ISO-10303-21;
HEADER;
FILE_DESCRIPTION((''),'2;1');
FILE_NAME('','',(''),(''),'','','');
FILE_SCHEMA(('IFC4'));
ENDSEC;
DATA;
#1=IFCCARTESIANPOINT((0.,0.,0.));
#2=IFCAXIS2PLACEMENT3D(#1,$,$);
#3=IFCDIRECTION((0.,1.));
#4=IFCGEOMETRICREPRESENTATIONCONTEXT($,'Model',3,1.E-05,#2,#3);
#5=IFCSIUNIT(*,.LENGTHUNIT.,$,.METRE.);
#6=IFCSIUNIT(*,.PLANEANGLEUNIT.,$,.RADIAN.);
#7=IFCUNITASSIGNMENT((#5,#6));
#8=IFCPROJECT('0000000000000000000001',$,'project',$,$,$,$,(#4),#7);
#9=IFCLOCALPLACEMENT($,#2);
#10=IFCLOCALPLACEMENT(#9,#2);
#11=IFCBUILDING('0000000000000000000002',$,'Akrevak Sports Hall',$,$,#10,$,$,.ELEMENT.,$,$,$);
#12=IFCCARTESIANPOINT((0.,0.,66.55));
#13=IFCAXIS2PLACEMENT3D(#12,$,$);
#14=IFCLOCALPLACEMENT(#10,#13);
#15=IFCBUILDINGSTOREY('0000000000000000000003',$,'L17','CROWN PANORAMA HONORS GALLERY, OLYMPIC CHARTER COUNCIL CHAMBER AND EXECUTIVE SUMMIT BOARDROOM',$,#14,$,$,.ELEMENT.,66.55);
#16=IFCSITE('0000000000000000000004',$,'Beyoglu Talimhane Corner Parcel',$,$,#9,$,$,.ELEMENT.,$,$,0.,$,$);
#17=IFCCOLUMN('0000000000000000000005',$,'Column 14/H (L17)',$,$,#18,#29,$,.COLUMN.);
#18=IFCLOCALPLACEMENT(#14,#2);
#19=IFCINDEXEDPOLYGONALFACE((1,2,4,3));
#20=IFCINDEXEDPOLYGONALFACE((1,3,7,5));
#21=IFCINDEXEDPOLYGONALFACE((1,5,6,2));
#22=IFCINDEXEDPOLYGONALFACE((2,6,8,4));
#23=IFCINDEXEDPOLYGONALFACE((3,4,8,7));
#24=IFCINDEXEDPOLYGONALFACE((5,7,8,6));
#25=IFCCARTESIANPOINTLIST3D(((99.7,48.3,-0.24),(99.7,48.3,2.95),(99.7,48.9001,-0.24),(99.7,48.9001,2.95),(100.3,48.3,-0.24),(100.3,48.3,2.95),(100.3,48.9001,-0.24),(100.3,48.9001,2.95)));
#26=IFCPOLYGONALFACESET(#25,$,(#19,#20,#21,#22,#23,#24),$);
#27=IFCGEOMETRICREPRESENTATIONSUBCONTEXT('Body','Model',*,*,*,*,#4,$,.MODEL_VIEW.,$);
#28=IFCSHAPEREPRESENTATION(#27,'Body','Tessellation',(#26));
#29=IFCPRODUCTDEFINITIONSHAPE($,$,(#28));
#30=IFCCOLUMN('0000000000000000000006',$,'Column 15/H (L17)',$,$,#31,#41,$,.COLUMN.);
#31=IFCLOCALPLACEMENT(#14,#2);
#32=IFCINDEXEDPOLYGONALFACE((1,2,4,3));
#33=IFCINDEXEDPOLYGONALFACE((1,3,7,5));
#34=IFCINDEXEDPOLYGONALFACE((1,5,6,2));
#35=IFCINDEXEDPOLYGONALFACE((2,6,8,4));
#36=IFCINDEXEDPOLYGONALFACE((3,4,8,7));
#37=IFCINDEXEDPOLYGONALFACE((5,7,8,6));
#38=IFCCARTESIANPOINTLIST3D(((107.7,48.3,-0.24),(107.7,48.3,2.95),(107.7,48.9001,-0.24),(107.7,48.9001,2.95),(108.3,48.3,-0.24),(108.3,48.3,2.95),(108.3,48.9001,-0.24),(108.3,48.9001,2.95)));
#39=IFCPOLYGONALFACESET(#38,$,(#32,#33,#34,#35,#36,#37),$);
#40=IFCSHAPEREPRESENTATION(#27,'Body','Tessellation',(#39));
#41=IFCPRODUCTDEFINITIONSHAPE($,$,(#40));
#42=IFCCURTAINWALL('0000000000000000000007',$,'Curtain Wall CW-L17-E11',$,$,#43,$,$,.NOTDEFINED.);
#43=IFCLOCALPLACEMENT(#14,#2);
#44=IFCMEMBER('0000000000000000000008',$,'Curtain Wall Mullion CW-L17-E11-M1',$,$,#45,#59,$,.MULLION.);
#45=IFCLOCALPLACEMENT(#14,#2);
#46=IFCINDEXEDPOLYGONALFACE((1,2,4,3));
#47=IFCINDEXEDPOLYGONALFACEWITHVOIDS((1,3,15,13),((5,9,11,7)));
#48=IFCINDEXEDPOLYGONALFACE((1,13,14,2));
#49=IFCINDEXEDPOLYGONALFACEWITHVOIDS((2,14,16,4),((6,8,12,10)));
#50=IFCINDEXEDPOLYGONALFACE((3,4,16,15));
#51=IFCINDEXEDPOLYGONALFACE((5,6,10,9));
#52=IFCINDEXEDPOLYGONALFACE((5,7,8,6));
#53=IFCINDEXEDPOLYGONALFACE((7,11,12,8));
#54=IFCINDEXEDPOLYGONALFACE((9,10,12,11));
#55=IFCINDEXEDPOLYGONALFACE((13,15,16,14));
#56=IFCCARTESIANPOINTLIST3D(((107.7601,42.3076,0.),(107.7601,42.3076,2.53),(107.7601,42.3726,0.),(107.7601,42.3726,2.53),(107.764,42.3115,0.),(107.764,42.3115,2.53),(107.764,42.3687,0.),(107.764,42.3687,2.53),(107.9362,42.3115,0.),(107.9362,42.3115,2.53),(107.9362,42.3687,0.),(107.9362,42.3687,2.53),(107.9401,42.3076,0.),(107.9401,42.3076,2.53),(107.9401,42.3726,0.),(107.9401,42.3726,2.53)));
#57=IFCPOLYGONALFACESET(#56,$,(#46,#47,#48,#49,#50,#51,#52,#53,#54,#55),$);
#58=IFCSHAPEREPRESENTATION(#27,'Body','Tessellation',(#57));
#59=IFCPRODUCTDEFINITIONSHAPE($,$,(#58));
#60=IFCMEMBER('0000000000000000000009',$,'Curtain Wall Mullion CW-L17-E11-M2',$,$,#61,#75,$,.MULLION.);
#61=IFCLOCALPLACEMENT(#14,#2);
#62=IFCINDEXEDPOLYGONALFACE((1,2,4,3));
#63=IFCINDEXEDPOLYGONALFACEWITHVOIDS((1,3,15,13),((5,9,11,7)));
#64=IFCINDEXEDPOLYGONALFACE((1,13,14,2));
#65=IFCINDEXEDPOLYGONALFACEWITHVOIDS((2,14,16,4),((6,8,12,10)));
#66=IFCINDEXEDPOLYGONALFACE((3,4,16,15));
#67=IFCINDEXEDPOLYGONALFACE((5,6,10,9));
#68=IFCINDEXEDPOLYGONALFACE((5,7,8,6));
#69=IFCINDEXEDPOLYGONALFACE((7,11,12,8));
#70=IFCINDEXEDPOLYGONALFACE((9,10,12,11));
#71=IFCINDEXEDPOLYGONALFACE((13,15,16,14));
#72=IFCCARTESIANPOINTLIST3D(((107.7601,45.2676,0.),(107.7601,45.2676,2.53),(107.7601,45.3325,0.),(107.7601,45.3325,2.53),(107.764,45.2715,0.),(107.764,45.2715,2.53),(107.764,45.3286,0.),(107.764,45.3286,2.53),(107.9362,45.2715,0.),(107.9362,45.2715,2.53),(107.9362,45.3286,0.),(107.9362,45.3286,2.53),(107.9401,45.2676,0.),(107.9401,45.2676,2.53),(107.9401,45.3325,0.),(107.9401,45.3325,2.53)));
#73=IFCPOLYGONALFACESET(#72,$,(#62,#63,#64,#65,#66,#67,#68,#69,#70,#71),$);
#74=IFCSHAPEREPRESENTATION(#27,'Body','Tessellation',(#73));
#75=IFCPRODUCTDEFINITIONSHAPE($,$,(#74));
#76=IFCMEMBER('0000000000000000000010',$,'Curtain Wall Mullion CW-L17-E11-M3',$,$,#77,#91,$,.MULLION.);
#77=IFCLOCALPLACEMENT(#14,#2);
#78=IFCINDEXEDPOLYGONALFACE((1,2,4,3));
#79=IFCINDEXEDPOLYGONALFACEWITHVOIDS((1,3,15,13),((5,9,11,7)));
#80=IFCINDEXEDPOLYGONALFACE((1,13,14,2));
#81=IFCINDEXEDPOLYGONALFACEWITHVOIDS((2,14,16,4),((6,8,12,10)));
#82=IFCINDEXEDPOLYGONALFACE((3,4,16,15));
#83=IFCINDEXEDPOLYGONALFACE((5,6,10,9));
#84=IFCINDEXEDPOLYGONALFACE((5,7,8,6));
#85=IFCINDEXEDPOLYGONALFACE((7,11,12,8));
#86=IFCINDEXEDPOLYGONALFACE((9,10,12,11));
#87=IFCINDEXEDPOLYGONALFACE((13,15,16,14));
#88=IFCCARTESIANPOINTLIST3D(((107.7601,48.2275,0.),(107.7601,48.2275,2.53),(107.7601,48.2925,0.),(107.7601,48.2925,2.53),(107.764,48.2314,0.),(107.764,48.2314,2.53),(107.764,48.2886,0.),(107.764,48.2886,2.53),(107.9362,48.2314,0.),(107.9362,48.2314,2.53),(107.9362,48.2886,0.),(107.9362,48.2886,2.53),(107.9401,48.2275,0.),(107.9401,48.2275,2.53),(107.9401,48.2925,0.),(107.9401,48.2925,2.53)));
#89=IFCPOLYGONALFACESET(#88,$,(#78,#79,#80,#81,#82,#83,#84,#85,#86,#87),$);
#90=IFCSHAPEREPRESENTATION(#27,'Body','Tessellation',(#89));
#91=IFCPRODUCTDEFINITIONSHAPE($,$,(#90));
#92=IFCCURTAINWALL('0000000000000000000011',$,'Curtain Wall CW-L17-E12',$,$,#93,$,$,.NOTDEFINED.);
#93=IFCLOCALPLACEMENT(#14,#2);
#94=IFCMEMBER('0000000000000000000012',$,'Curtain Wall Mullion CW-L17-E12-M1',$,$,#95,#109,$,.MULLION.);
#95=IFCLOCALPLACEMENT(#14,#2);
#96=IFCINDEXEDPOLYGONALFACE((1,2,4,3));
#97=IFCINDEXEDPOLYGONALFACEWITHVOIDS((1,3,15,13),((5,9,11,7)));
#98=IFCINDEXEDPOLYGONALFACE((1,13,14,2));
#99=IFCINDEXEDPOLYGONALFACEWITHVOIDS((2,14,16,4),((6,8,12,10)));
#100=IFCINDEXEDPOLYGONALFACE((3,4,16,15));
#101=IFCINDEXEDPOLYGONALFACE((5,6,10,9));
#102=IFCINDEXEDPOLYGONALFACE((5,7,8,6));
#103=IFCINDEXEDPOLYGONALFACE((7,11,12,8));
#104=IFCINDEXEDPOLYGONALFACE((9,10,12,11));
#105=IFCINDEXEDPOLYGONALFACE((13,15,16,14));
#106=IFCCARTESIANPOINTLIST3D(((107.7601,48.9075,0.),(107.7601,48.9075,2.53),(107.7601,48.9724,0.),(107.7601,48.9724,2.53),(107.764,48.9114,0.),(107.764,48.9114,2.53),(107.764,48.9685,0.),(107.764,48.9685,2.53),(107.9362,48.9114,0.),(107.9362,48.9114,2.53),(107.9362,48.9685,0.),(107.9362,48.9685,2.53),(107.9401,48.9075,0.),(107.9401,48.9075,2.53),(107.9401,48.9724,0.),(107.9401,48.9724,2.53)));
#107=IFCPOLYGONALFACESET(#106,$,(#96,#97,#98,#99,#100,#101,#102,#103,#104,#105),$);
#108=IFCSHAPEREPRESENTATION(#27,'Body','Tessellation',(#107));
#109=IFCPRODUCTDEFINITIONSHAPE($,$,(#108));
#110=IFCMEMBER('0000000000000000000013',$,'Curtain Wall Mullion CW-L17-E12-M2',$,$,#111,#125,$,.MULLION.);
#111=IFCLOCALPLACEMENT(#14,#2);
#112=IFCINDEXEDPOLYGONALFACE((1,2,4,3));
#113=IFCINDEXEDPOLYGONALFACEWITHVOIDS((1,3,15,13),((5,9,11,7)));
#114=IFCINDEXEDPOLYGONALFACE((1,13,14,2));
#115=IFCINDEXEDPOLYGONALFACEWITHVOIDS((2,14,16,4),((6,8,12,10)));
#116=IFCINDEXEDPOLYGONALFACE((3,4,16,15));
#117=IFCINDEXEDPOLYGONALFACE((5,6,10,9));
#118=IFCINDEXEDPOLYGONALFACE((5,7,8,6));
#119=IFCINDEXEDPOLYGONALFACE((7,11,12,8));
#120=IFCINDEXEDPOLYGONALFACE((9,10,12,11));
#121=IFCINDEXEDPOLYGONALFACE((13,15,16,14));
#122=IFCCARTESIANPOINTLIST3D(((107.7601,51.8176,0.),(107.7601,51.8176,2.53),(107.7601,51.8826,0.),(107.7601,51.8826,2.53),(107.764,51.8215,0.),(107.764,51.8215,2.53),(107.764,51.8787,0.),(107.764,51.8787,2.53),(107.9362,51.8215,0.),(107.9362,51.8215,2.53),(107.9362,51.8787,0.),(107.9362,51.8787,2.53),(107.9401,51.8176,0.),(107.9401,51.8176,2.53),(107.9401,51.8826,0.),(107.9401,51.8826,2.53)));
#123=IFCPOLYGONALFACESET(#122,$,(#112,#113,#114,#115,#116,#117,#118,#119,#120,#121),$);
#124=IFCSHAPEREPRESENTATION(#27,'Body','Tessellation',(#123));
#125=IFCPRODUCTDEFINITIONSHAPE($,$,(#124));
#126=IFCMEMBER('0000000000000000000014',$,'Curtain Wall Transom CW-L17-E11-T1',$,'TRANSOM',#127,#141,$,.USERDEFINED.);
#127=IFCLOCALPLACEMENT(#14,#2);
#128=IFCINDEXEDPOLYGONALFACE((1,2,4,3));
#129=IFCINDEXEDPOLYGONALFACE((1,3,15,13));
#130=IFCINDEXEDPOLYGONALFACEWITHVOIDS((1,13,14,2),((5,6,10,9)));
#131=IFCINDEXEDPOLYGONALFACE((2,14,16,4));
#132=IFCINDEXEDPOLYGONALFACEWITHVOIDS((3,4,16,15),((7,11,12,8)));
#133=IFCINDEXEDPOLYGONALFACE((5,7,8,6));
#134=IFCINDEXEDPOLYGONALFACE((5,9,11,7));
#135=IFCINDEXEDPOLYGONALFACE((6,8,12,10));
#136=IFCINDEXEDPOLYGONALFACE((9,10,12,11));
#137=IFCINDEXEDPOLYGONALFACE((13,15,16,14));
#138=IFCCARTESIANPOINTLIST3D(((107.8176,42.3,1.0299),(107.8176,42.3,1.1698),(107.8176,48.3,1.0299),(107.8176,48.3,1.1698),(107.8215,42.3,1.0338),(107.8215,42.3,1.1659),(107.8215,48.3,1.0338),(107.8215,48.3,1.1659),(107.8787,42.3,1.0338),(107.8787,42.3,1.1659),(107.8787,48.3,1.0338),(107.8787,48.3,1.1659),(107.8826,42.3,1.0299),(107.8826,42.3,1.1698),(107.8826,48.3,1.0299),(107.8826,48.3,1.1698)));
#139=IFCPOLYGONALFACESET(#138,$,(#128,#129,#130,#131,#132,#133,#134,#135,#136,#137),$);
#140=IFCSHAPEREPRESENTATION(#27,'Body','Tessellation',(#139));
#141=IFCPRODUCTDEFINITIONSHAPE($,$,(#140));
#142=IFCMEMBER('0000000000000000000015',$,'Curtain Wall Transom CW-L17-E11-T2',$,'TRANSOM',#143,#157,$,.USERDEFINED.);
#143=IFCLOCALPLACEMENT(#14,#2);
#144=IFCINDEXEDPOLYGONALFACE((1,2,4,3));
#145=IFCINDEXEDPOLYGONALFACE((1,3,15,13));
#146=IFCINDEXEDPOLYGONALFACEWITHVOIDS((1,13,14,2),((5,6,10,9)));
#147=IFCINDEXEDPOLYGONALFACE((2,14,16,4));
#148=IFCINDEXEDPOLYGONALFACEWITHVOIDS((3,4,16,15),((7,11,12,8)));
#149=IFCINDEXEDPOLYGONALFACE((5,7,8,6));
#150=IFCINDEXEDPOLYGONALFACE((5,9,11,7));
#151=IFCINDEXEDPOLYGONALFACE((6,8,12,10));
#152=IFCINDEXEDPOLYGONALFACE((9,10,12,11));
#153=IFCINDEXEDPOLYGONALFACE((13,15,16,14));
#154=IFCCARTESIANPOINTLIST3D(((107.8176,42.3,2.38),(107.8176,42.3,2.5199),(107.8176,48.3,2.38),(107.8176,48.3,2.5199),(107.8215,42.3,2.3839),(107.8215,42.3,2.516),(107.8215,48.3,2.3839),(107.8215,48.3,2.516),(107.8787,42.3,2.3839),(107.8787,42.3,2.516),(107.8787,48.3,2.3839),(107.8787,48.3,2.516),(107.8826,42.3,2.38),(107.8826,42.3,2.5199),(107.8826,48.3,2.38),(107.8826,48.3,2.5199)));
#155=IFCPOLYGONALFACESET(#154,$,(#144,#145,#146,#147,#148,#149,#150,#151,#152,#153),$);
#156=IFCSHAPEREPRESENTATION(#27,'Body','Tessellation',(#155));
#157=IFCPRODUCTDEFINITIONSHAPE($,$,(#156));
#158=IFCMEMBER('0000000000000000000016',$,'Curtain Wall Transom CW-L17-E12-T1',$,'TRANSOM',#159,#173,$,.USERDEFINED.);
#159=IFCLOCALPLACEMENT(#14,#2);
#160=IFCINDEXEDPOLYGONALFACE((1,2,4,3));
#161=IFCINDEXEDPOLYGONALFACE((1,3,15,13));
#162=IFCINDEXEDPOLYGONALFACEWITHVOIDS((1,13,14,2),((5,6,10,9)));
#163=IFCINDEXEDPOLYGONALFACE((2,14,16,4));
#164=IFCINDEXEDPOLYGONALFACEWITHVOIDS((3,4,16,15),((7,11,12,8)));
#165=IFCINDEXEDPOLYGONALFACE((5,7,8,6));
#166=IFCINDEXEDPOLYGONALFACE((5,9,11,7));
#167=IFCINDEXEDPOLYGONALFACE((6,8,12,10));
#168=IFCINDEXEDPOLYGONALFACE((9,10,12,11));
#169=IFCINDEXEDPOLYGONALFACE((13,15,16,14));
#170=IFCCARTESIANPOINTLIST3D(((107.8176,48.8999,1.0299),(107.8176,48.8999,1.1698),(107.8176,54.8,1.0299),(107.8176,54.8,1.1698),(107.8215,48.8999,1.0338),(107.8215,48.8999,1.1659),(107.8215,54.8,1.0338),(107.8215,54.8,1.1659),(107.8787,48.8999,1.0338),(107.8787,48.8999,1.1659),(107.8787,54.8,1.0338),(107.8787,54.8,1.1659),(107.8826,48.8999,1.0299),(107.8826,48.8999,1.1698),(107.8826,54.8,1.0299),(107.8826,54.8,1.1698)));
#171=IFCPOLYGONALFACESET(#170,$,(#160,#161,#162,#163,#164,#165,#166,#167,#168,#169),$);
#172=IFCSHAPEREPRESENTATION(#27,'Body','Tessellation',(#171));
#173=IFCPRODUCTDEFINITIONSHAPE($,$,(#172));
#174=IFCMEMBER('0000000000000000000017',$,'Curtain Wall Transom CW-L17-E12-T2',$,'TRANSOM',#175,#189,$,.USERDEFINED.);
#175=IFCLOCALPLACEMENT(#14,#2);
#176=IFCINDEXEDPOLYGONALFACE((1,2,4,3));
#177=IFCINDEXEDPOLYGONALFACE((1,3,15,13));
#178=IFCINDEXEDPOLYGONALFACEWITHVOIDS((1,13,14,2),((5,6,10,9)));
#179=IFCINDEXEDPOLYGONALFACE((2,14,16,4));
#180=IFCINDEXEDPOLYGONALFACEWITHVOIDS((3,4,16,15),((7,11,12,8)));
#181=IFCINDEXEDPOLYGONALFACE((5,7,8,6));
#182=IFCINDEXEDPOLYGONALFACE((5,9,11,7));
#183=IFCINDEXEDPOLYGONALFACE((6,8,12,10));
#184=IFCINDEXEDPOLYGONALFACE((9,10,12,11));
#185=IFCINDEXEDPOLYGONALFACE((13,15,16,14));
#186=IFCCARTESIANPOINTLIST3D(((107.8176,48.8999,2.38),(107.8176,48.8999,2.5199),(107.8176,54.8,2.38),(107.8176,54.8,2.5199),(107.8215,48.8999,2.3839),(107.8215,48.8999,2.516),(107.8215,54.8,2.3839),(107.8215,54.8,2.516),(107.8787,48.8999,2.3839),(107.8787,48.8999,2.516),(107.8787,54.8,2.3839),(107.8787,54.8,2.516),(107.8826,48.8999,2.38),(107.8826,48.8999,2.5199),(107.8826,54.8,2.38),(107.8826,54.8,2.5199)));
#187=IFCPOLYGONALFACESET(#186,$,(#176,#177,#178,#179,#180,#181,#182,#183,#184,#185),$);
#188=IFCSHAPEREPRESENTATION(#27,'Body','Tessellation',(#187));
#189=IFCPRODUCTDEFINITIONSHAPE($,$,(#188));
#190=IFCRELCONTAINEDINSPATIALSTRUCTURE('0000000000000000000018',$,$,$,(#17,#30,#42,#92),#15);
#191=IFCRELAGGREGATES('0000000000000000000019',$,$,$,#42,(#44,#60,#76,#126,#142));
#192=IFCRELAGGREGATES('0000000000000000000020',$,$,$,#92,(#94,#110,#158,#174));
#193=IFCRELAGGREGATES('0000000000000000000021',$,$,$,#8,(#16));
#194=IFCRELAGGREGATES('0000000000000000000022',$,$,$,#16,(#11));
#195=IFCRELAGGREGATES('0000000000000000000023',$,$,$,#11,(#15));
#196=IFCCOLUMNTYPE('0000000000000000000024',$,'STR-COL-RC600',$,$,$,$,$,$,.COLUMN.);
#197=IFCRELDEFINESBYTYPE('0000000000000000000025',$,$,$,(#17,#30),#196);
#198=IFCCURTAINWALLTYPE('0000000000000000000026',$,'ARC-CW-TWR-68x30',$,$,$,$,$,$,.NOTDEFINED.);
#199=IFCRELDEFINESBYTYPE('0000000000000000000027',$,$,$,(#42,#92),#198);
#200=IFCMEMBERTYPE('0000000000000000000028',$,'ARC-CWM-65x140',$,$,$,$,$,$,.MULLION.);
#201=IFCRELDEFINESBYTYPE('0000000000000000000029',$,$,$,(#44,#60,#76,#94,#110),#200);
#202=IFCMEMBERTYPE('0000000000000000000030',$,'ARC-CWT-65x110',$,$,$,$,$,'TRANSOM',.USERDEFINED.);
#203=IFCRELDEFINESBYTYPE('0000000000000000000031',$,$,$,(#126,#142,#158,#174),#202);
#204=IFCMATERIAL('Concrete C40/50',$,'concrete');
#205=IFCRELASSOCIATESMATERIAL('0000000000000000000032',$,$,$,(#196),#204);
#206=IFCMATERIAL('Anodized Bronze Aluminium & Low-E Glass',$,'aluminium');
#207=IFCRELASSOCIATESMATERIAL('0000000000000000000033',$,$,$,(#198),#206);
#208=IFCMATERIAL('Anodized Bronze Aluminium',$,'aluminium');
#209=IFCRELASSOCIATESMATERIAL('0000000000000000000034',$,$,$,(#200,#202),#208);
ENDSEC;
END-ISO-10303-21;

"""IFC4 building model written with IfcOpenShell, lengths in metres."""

from ifc_helpers import new_model, si_unit, direction, frame, origin, origin_2d, place, context, subcontext, project, spatial, rectangle, hollow_rectangle, extrude, material, material_profile, profile_set, type_object, element, aggregate, save


model = new_model("IFC4")

# Units and contexts
model_context = context("Model", 3, precision=1e-05, world=origin(), true_north=direction((0.0, 1.0)))
body_context = subcontext(model_context, "Body", "Model", "MODEL_VIEW")
ifc_project = project(units=[si_unit("LENGTHUNIT", "METRE"), si_unit("PLANEANGLEUNIT", "RADIAN")], contexts=[model_context])

# Site, building, storey
site_placement = place(None, origin())
site = spatial("IfcSite", under=ifc_project, at=site_placement, Name="Beyoglu Talimhane Corner Parcel", CompositionType="ELEMENT", RefElevation=0.0)
building_placement = place(site_placement, origin())
building = spatial("IfcBuilding", under=site, at=building_placement, Name="Akrevak Sports Hall", CompositionType="ELEMENT")
storey_placement = place(building_placement, frame((0.0, 0.0, 66.55)))
storey = spatial("IfcBuildingStorey", under=building, at=storey_placement, Name="L17", Description="CROWN PANORAMA HONORS GALLERY, OLYMPIC CHARTER COUNCIL CHAMBER AND EXECUTIVE SUMMIT BOARDROOM", CompositionType="ELEMENT", Elevation=66.55)

# Columns
ifc_material_1 = material(Name="Concrete C40/50", Category="concrete")
ifc_material_profile_1 = material_profile(ifc_material_1, rectangle(XDim=0.6001, YDim=0.6001, at=origin_2d()), Name="RC 600x600", Category="concrete")
ifc_profile_set_1 = profile_set([ifc_material_profile_1], Name="Concrete C40/50")
column_type = type_object("IfcColumnType", Name="STR-COL-RC600", PredefinedType="COLUMN", material=ifc_profile_set_1)
for number, where, z_axis, x_axis, name in (
    (1, (100.0, 48.6001, -0.24), (0.0, 0.0, 1.0), (1.0, 0.0, 0.0), "Column 14/H (L17)"),
    (2, (108.0, 48.6001, -0.24), (0.0, 0.0, 1.0), (1.0, 0.0, 0.0), "Column 15/H (L17)"),
):
    element("IfcColumn", number, at=place(storey_placement, frame(where, z_axis=z_axis, x_axis=x_axis)), inside=storey, type_object=column_type, Name=name, PredefinedType="COLUMN", context=body_context, shape_type="SweptSolid", body=[
        extrude(rectangle(XDim=0.6001, YDim=0.6001, at=origin_2d()), origin(), (0.0, 0.0, 1.0), 3.1899),
    ])

# Curtain walls, members
ifc_material_2 = material(Name="Anodized Bronze Aluminium & Low-E Glass", Category="aluminium")
curtain_wall_type = type_object("IfcCurtainWallType", Name="ARC-CW-TWR-68x30", PredefinedType="NOTDEFINED", material=ifc_material_2)
curtain_wall_1_placement = place(storey_placement, origin())
curtain_wall_1 = element("IfcCurtainWall", 3, at=curtain_wall_1_placement, inside=storey, type_object=curtain_wall_type, Name="Curtain Wall CW-L17-E11", PredefinedType="NOTDEFINED")
ifc_material_3 = material(Name="Anodized Bronze Aluminium", Category="aluminium")
ifc_material_profile_2 = material_profile(ifc_material_3, hollow_rectangle(XDim=0.0649, YDim=0.1799, WallThickness=0.0039, at=origin_2d()), Name="CWM 65x180", Category="aluminium")
ifc_profile_set_2 = profile_set([ifc_material_profile_2], Name="Anodized Bronze Aluminium")
member_type_1 = type_object("IfcMemberType", Name="ARC-CWM-65x140", PredefinedType="MULLION", material=ifc_profile_set_2)
member_1_placement = place(storey_placement, frame((107.8501, 42.3401, 0.0), z_axis=(0.0, 0.0, 1.0), x_axis=(0.0, 1.0, 0.0)))
member_1 = element("IfcMember", 4, at=member_1_placement, type_object=member_type_1, Name="Curtain Wall Mullion CW-L17-E11-M1", PredefinedType="MULLION", context=body_context, shape_type="SweptSolid", body=[
    extrude(hollow_rectangle(XDim=0.0649, YDim=0.1799, WallThickness=0.0039, at=origin_2d()), origin(), (0.0, 0.0, 1.0), 2.53),
])
member_2_placement = place(storey_placement, frame((107.8501, 45.3, 0.0), z_axis=(0.0, 0.0, 1.0), x_axis=(0.0, 1.0, 0.0)))
member_2 = element("IfcMember", 5, at=member_2_placement, type_object=member_type_1, Name="Curtain Wall Mullion CW-L17-E11-M2", PredefinedType="MULLION", context=body_context, shape_type="SweptSolid", body=[
    extrude(hollow_rectangle(XDim=0.0649, YDim=0.1799, WallThickness=0.0039, at=origin_2d()), origin(), (0.0, 0.0, 1.0), 2.53),
])
member_3_placement = place(storey_placement, frame((107.8501, 48.26, 0.0), z_axis=(0.0, 0.0, 1.0), x_axis=(0.0, 1.0, 0.0)))
member_3 = element("IfcMember", 6, at=member_3_placement, type_object=member_type_1, Name="Curtain Wall Mullion CW-L17-E11-M3", PredefinedType="MULLION", context=body_context, shape_type="SweptSolid", body=[
    extrude(hollow_rectangle(XDim=0.0649, YDim=0.1799, WallThickness=0.0039, at=origin_2d()), origin(), (0.0, 0.0, 1.0), 2.53),
])
curtain_wall_2_placement = place(storey_placement, origin())
curtain_wall_2 = element("IfcCurtainWall", 7, at=curtain_wall_2_placement, inside=storey, type_object=curtain_wall_type, Name="Curtain Wall CW-L17-E12", PredefinedType="NOTDEFINED")
member_4_placement = place(storey_placement, frame((107.8501, 48.9399, 0.0), z_axis=(0.0, 0.0, 1.0), x_axis=(0.0, 1.0, 0.0)))
member_4 = element("IfcMember", 8, at=member_4_placement, type_object=member_type_1, Name="Curtain Wall Mullion CW-L17-E12-M1", PredefinedType="MULLION", context=body_context, shape_type="SweptSolid", body=[
    extrude(hollow_rectangle(XDim=0.0649, YDim=0.1799, WallThickness=0.0039, at=origin_2d()), origin(), (0.0, 0.0, 1.0), 2.53),
])
member_5_placement = place(storey_placement, frame((107.8501, 51.8501, 0.0), z_axis=(0.0, 0.0, 1.0), x_axis=(0.0, 1.0, 0.0)))
member_5 = element("IfcMember", 9, at=member_5_placement, type_object=member_type_1, Name="Curtain Wall Mullion CW-L17-E12-M2", PredefinedType="MULLION", context=body_context, shape_type="SweptSolid", body=[
    extrude(hollow_rectangle(XDim=0.0649, YDim=0.1799, WallThickness=0.0039, at=origin_2d()), origin(), (0.0, 0.0, 1.0), 2.53),
])

# Members
ifc_material_profile_3 = material_profile(ifc_material_3, hollow_rectangle(XDim=0.0649, YDim=0.1399, WallThickness=0.0039, at=origin_2d()), Name="CWT 65x140", Category="aluminium")
ifc_profile_set_3 = profile_set([ifc_material_profile_3], Name="Anodized Bronze Aluminium")
member_type_2 = type_object("IfcMemberType", Name="ARC-CWT-65x110", ElementType="TRANSOM", PredefinedType="USERDEFINED", material=ifc_profile_set_3)
member_6_placement = place(storey_placement, frame((107.8501, 42.3, 1.0999), z_axis=(0.0, 1.0, 0.0), x_axis=(-1.0, 0.0, 0.0)))
member_6 = element("IfcMember", 10, at=member_6_placement, type_object=member_type_2, Name="Curtain Wall Transom CW-L17-E11-T1", ObjectType="TRANSOM", PredefinedType="USERDEFINED", context=body_context, shape_type="SweptSolid", body=[
    extrude(hollow_rectangle(XDim=0.0649, YDim=0.1399, WallThickness=0.0039, at=origin_2d()), origin(), (0.0, 0.0, 1.0), 6.0),
])
member_7_placement = place(storey_placement, frame((107.8501, 42.3, 2.45), z_axis=(0.0, 1.0, 0.0), x_axis=(-1.0, 0.0, 0.0)))
member_7 = element("IfcMember", 11, at=member_7_placement, type_object=member_type_2, Name="Curtain Wall Transom CW-L17-E11-T2", ObjectType="TRANSOM", PredefinedType="USERDEFINED", context=body_context, shape_type="SweptSolid", body=[
    extrude(hollow_rectangle(XDim=0.0649, YDim=0.1399, WallThickness=0.0039, at=origin_2d()), origin(), (0.0, 0.0, 1.0), 6.0),
])
member_8_placement = place(storey_placement, frame((107.8501, 48.8999, 1.0999), z_axis=(0.0, 1.0, 0.0), x_axis=(-1.0, 0.0, 0.0)))
member_8 = element("IfcMember", 12, at=member_8_placement, type_object=member_type_2, Name="Curtain Wall Transom CW-L17-E12-T1", ObjectType="TRANSOM", PredefinedType="USERDEFINED", context=body_context, shape_type="SweptSolid", body=[
    extrude(hollow_rectangle(XDim=0.0649, YDim=0.1399, WallThickness=0.0039, at=origin_2d()), origin(), (0.0, 0.0, 1.0), 5.9001),
])
member_9_placement = place(storey_placement, frame((107.8501, 48.8999, 2.45), z_axis=(0.0, 1.0, 0.0), x_axis=(-1.0, 0.0, 0.0)))
member_9 = element("IfcMember", 13, at=member_9_placement, type_object=member_type_2, Name="Curtain Wall Transom CW-L17-E12-T2", ObjectType="TRANSOM", PredefinedType="USERDEFINED", context=body_context, shape_type="SweptSolid", body=[
    extrude(hollow_rectangle(XDim=0.0649, YDim=0.1399, WallThickness=0.0039, at=origin_2d()), origin(), (0.0, 0.0, 1.0), 5.9001),
])

aggregate(curtain_wall_1, [member_1, member_2, member_3, member_6, member_7])
aggregate(curtain_wall_2, [member_4, member_5, member_8, member_9])

save(model, "model.ifc")
